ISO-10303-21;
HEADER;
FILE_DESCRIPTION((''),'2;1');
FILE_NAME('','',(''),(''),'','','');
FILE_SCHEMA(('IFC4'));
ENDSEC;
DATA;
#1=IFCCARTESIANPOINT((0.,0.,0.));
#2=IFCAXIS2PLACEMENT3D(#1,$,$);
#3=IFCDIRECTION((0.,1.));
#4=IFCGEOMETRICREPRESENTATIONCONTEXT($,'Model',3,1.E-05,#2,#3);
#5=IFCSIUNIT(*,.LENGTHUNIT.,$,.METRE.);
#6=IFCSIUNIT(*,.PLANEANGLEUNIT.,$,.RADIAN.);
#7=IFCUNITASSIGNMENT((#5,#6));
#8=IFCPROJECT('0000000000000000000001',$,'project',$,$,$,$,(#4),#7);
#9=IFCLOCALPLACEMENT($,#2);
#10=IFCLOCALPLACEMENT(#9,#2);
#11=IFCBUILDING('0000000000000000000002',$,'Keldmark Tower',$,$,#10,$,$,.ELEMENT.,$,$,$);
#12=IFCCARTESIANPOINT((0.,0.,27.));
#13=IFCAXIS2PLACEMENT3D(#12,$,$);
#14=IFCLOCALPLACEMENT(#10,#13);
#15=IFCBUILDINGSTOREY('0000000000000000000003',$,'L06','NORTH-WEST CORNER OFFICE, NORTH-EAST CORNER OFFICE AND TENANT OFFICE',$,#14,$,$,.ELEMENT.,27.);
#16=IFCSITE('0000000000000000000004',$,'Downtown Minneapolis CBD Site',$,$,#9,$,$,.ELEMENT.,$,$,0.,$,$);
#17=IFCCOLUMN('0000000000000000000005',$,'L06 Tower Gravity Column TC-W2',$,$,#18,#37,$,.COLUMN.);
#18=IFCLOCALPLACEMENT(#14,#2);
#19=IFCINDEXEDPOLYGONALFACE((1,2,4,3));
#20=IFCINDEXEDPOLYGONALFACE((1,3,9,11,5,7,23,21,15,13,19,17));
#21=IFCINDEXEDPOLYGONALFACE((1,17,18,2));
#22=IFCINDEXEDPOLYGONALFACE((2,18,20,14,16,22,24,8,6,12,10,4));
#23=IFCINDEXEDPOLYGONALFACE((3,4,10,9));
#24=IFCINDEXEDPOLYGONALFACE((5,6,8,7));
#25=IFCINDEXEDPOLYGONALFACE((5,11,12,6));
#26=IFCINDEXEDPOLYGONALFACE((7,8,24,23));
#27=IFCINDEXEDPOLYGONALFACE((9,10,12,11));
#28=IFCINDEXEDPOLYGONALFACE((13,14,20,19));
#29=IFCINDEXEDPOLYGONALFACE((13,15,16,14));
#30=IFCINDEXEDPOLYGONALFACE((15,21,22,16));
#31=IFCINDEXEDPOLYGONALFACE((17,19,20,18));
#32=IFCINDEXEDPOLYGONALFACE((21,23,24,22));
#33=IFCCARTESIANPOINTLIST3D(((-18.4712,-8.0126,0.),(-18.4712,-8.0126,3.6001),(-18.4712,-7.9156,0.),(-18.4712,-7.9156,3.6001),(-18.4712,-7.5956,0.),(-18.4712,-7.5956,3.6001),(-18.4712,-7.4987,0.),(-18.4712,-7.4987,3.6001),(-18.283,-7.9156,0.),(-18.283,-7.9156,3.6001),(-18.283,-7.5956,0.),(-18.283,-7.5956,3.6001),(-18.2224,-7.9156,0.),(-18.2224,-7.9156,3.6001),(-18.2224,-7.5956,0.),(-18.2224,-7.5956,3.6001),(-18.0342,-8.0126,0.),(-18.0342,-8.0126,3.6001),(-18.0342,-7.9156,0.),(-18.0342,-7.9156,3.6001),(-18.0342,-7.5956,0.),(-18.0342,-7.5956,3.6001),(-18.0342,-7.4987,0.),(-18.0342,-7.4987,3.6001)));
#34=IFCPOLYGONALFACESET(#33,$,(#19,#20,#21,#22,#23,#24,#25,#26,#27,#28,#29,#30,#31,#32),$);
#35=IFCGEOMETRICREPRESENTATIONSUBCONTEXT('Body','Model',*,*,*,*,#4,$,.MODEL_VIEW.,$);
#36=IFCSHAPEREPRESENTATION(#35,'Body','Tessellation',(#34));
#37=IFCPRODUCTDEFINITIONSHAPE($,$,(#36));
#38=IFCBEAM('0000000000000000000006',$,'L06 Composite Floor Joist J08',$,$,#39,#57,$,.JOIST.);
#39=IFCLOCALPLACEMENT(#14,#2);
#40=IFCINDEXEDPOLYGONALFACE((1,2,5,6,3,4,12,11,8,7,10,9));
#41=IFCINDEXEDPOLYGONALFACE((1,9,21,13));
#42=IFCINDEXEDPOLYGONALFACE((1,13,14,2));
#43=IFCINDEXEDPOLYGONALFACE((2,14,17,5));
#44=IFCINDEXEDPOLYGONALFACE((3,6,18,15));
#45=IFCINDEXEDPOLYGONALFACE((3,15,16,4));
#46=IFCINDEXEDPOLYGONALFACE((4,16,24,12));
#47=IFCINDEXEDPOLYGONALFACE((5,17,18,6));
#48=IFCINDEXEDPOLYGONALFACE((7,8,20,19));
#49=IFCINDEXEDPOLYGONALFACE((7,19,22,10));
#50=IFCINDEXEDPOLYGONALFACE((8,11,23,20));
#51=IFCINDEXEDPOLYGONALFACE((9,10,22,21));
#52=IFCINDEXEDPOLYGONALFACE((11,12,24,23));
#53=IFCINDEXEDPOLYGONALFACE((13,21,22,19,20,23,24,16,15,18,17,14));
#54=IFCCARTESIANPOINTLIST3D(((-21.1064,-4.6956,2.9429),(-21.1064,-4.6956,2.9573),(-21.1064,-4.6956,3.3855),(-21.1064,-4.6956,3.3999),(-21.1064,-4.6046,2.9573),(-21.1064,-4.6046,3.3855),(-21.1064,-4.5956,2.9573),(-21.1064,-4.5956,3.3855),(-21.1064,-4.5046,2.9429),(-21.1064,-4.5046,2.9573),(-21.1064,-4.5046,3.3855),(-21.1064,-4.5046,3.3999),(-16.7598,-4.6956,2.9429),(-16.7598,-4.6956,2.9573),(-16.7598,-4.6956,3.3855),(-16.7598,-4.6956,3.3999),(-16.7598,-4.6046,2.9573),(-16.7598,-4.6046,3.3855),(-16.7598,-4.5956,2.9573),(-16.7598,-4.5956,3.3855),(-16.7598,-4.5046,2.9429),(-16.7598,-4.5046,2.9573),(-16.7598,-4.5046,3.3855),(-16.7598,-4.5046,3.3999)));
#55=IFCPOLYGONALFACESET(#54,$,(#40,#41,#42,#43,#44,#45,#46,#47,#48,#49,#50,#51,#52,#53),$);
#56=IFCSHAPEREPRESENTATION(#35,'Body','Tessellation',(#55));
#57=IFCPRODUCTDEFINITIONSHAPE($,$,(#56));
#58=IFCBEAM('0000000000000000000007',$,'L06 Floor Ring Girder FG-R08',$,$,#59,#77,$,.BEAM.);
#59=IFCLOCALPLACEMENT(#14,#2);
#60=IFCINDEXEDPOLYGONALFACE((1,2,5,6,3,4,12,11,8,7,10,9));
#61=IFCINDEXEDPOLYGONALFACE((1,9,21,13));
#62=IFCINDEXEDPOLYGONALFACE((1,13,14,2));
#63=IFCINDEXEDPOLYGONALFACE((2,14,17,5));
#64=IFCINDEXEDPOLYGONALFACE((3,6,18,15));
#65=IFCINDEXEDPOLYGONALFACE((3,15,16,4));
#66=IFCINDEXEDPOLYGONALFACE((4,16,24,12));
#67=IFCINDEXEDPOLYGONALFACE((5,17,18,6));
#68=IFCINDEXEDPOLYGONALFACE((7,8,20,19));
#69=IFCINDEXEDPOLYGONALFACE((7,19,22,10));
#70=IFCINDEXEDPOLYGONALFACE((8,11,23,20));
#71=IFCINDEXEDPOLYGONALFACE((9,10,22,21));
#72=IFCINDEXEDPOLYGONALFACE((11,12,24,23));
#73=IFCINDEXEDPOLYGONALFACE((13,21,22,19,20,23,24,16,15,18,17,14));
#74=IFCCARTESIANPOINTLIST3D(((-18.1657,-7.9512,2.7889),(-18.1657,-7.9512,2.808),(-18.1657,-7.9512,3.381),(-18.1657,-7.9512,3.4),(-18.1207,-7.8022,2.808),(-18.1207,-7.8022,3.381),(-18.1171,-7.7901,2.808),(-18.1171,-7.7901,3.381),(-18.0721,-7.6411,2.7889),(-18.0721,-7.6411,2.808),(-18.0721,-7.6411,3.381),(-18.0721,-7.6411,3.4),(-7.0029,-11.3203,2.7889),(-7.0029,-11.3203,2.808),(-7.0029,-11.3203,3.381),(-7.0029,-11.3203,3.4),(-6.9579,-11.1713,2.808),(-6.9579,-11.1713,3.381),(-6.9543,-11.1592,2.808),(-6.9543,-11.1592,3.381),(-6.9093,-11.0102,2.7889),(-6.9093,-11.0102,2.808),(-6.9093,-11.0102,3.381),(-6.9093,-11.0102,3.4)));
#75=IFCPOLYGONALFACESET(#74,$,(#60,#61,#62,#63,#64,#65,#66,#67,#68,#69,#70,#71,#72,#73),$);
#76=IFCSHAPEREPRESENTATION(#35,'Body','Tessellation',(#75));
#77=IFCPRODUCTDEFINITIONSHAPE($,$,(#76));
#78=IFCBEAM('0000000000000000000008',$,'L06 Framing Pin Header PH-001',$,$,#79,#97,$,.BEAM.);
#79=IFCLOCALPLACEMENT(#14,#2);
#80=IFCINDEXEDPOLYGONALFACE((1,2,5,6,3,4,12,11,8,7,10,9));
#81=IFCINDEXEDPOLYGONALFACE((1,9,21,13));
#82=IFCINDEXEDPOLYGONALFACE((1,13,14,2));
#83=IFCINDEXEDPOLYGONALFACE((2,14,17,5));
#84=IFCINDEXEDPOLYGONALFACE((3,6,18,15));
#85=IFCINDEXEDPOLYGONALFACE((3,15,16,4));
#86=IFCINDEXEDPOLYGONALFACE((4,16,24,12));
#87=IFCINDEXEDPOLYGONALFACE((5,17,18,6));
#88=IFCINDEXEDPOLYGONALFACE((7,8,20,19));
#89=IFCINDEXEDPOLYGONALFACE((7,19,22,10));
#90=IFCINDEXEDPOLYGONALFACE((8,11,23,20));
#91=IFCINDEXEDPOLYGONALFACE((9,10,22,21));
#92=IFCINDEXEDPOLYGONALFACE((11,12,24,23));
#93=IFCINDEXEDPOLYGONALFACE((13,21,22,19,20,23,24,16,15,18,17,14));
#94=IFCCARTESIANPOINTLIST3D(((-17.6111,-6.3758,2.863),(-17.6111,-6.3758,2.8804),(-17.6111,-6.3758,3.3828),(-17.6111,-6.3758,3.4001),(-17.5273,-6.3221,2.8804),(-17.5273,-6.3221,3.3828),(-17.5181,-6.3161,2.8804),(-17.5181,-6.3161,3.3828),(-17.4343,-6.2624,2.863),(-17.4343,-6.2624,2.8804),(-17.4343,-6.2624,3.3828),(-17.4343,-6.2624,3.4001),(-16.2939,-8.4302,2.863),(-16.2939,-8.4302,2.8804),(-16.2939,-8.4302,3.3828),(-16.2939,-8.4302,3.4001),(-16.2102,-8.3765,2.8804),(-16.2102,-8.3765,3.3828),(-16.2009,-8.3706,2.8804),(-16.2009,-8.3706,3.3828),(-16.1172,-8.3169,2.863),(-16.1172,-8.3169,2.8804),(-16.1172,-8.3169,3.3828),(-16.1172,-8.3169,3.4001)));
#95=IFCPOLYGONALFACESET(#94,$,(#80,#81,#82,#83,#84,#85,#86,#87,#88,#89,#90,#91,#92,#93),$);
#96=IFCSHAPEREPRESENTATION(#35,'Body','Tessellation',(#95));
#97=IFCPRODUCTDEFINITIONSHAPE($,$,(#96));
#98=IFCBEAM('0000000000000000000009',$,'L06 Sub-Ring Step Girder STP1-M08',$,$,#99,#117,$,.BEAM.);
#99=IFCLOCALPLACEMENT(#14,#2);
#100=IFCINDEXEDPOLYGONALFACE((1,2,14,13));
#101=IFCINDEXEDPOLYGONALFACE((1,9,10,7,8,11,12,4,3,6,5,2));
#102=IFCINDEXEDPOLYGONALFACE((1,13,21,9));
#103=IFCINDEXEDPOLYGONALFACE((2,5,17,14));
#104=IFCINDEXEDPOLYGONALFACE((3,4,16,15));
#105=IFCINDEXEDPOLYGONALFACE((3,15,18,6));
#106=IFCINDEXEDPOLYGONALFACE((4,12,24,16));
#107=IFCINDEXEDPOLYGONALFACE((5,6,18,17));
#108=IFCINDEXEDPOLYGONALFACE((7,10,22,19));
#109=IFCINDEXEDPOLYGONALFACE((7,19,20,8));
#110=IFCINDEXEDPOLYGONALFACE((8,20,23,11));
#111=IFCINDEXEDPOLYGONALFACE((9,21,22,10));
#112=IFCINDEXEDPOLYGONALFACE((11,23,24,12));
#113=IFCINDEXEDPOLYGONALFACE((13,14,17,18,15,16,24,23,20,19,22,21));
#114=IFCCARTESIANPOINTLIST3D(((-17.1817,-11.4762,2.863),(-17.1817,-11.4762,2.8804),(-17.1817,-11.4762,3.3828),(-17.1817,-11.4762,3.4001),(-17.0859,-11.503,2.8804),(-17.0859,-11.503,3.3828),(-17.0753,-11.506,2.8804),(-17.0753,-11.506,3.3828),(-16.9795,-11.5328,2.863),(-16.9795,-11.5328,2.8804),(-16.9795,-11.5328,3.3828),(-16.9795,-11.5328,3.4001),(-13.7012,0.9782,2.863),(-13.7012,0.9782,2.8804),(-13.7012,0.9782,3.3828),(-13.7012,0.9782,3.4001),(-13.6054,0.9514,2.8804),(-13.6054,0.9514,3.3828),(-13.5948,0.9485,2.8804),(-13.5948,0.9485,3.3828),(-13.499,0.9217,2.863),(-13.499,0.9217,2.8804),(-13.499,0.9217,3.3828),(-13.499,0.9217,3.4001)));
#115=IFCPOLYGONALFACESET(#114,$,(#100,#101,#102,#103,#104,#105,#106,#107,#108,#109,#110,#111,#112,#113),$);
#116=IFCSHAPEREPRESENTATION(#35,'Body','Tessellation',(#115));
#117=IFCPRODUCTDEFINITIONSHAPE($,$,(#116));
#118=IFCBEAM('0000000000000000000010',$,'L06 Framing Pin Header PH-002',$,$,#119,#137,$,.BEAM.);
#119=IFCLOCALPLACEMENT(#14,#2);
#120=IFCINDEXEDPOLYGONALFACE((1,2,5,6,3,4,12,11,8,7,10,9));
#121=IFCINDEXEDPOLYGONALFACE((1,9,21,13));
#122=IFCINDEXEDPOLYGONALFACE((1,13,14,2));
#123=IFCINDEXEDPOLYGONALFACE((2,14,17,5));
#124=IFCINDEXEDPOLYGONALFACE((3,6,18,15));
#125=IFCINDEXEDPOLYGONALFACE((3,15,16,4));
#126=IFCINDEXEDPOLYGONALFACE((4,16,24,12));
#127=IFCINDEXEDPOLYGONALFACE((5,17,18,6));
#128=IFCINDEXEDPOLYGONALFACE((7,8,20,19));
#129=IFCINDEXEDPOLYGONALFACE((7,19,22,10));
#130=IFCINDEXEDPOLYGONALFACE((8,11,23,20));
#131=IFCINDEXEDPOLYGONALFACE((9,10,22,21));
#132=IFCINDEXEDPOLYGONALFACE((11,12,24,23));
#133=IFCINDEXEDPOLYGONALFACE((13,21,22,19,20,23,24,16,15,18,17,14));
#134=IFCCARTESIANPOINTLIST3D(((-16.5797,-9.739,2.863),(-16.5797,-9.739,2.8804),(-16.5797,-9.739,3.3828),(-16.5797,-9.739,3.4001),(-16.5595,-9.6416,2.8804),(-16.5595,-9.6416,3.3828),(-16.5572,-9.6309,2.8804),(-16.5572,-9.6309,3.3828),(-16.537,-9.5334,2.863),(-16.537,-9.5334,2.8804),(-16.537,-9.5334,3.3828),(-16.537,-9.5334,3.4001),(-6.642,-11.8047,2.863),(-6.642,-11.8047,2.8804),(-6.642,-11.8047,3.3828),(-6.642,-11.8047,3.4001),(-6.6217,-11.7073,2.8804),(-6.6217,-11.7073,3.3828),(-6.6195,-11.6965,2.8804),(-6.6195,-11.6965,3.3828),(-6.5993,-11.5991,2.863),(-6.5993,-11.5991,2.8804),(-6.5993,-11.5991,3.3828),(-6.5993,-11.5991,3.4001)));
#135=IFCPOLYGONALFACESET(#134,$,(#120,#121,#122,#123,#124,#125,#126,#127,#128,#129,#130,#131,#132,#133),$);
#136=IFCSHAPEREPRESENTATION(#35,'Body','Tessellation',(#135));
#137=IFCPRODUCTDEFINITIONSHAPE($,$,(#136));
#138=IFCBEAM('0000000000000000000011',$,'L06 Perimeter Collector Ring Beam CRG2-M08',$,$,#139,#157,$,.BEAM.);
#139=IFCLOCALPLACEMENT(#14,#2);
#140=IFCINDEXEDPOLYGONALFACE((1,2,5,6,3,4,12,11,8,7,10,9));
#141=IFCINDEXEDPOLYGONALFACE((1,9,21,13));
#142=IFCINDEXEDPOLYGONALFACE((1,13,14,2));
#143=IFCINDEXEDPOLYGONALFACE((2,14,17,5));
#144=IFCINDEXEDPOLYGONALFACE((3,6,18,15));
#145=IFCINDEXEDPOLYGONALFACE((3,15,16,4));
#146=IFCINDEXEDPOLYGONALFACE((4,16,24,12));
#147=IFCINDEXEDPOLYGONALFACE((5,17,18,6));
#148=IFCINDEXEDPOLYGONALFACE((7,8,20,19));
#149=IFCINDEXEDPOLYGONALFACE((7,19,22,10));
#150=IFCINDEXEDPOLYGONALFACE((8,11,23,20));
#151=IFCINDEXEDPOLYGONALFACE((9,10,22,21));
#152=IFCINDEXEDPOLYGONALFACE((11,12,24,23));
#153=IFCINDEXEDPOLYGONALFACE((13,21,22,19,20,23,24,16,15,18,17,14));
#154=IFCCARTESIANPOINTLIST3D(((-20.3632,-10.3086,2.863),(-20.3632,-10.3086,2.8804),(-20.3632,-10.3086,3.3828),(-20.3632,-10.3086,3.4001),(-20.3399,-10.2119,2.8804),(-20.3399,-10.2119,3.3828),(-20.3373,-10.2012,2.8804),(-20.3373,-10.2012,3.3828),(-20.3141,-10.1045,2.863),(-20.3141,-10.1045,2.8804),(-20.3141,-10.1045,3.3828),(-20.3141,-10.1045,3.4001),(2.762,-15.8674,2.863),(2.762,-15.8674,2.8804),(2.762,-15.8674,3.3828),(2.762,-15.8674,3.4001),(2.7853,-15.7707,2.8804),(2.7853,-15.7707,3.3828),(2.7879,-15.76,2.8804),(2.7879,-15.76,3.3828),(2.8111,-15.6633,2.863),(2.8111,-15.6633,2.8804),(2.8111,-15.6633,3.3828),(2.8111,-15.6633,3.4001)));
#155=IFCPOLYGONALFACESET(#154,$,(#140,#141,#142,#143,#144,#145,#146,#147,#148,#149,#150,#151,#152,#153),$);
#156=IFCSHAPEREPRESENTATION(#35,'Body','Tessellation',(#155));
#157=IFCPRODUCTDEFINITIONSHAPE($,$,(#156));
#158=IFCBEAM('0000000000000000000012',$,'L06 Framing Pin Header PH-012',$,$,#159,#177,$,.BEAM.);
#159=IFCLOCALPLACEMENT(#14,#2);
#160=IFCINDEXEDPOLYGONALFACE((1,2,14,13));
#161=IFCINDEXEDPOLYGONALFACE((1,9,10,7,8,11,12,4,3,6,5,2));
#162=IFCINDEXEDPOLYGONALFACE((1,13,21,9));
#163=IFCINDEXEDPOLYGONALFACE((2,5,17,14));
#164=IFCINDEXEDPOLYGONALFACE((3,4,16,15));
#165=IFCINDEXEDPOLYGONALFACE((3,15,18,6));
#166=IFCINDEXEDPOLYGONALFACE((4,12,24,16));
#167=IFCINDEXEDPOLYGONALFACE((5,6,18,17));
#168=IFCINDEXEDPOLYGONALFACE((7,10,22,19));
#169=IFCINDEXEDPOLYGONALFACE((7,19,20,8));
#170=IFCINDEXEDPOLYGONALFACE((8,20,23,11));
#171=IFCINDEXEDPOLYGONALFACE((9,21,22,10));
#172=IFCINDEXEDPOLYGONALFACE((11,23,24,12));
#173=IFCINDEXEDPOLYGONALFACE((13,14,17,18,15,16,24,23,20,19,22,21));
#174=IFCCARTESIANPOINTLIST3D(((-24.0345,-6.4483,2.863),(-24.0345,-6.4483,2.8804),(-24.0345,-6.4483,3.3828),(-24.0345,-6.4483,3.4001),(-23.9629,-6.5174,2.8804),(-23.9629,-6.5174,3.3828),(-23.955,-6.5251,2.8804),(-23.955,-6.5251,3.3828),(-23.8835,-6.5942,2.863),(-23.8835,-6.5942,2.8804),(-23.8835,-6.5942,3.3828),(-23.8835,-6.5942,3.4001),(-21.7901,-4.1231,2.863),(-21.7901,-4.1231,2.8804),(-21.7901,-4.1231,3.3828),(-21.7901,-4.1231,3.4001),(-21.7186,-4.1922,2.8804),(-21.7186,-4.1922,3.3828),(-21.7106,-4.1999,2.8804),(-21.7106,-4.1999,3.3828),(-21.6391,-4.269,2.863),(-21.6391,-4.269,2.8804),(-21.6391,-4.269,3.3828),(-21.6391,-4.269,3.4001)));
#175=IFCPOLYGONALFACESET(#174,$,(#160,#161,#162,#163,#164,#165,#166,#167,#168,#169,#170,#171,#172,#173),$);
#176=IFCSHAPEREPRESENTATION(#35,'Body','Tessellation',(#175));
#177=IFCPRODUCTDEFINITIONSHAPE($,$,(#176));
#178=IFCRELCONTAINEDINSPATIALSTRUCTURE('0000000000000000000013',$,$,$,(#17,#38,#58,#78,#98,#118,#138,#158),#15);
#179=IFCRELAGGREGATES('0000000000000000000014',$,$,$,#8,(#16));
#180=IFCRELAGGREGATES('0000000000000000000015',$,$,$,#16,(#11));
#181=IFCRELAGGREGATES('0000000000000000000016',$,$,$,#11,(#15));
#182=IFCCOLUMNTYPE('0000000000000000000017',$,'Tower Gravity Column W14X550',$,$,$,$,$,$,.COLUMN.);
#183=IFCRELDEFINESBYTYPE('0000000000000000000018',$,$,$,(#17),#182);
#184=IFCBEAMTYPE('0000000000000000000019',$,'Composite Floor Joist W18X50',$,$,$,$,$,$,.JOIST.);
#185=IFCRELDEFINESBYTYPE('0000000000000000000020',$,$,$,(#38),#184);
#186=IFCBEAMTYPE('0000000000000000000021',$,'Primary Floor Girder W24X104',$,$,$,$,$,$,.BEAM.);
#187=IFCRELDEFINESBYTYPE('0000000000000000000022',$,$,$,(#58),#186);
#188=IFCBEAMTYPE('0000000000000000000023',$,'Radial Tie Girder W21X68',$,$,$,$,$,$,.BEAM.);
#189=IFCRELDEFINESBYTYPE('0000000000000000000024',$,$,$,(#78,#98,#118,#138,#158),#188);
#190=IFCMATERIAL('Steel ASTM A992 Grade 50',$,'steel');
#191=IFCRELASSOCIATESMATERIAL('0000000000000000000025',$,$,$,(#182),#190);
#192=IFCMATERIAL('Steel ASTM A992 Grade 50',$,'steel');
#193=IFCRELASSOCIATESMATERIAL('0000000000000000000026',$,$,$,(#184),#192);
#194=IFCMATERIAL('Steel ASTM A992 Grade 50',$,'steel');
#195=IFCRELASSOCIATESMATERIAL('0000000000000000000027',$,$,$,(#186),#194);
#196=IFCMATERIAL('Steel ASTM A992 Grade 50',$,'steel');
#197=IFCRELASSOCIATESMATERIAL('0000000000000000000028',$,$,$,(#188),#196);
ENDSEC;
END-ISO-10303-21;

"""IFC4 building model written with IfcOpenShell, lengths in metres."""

from ifc_helpers import new_model, si_unit, direction, frame, origin, origin_2d, place, context, subcontext, project, spatial, i_section, extrude, material, material_profile, profile_set, type_object, element, save


model = new_model("IFC4")

# Units and contexts
model_context = context("Model", 3, precision=1e-05, world=origin(), true_north=direction((0.0, 1.0)))
body_context = subcontext(model_context, "Body", "Model", "MODEL_VIEW")
ifc_project = project(units=[si_unit("LENGTHUNIT", "METRE"), si_unit("PLANEANGLEUNIT", "RADIAN")], contexts=[model_context])

# Site, building, storey
site_placement = place(None, origin())
site = spatial("IfcSite", under=ifc_project, at=site_placement, Name="Downtown Minneapolis CBD Site", CompositionType="ELEMENT", RefElevation=0.0)
building_placement = place(site_placement, origin())
building = spatial("IfcBuilding", under=site, at=building_placement, Name="Keldmark Tower", CompositionType="ELEMENT")
storey_placement = place(building_placement, frame((0.0, 0.0, 27.0)))
storey = spatial("IfcBuildingStorey", under=building, at=storey_placement, Name="L06", Description="NORTH-WEST CORNER OFFICE, NORTH-EAST CORNER OFFICE AND TENANT OFFICE", CompositionType="ELEMENT", Elevation=27.0)

# Column
ifc_material_1 = material(Name="Steel ASTM A992 Grade 50", Category="steel")
ifc_material_profile_1 = material_profile(ifc_material_1, i_section(OverallWidth=0.437, OverallDepth=0.5139, WebThickness=0.0605, FlangeThickness=0.0969, at=origin_2d()), Name="W14X550")
ifc_profile_set_1 = profile_set([ifc_material_profile_1], Name="Steel ASTM A992 Grade 50")
column_type = type_object("IfcColumnType", Name="Tower Gravity Column W14X550", PredefinedType="COLUMN", material=ifc_profile_set_1)
column_placement = place(storey_placement, frame((-18.2527, -7.7556, 0.0), z_axis=(0.0, 0.0, 1.0), x_axis=(1.0, 0.0, 0.0)))
element("IfcColumn", 1, at=column_placement, inside=storey, type_object=column_type, Name="L06 Tower Gravity Column TC-W2", PredefinedType="COLUMN", context=body_context, shape_type="SweptSolid", body=[
    extrude(i_section(OverallWidth=0.437, OverallDepth=0.5139, WebThickness=0.0605, FlangeThickness=0.0969, at=origin_2d()), origin(), (0.0, 0.0, 1.0), 3.6001),
])

# Beams
ifc_material_2 = material(Name="Steel ASTM A992 Grade 50", Category="steel")
ifc_material_profile_2 = material_profile(ifc_material_2, i_section(OverallWidth=0.1909, OverallDepth=0.457, WebThickness=0.009, FlangeThickness=0.0144, at=origin_2d()), Name="W18X50")
ifc_profile_set_2 = profile_set([ifc_material_profile_2], Name="Steel ASTM A992 Grade 50")
beam_type_1 = type_object("IfcBeamType", Name="Composite Floor Joist W18X50", PredefinedType="JOIST", material=ifc_profile_set_2)
beam_1_placement = place(storey_placement, frame((-21.1064, -4.6001, 3.1714), z_axis=(1.0, 0.0, 0.0), x_axis=(0.0, 1.0, 0.0)))
element("IfcBeam", 2, at=beam_1_placement, inside=storey, type_object=beam_type_1, Name="L06 Composite Floor Joist J08", PredefinedType="JOIST", context=body_context, shape_type="SweptSolid", body=[
    extrude(i_section(OverallWidth=0.1909, OverallDepth=0.457, WebThickness=0.009, FlangeThickness=0.0144, at=origin_2d()), origin(), (0.0, 0.0, 1.0), 4.3467),
])
ifc_material_3 = material(Name="Steel ASTM A992 Grade 50", Category="steel")
ifc_material_profile_3 = material_profile(ifc_material_3, i_section(OverallWidth=0.324, OverallDepth=0.6111, WebThickness=0.0127, FlangeThickness=0.019, at=origin_2d()), Name="W24X104")
ifc_profile_set_3 = profile_set([ifc_material_profile_3], Name="Steel ASTM A992 Grade 50")
beam_type_2 = type_object("IfcBeamType", Name="Primary Floor Girder W24X104", PredefinedType="BEAM", material=ifc_profile_set_3)
beam_2_placement = place(storey_placement, frame((-18.1189, -7.7961, 3.0945), z_axis=(0.957346, -0.288944, 0.0), x_axis=(0.288944, 0.957346, 0.0)))
element("IfcBeam", 3, at=beam_2_placement, inside=storey, type_object=beam_type_2, Name="L06 Floor Ring Girder FG-R08", PredefinedType="BEAM", context=body_context, shape_type="SweptSolid", body=[
    extrude(i_section(OverallWidth=0.324, OverallDepth=0.6111, WebThickness=0.0127, FlangeThickness=0.019, at=origin_2d()), origin(), (0.0, 0.0, 1.0), 11.6602),
])
ifc_material_4 = material(Name="Steel ASTM A992 Grade 50", Category="steel")
ifc_material_profile_4 = material_profile(ifc_material_4, i_section(OverallWidth=0.21, OverallDepth=0.5371, WebThickness=0.011, FlangeThickness=0.0173, at=origin_2d()), Name="W21X68")
ifc_profile_set_4 = profile_set([ifc_material_profile_4], Name="Steel ASTM A992 Grade 50")
beam_type_3 = type_object("IfcBeamType", Name="Radial Tie Girder W21X68", PredefinedType="BEAM", material=ifc_profile_set_4)
beam_3_placement = place(storey_placement, frame((-17.5227, -6.3191, 3.1316), z_axis=(0.539721, -0.841844, 0.0), x_axis=(0.841844, 0.539721, 0.0)))
element("IfcBeam", 4, at=beam_3_placement, inside=storey, type_object=beam_type_3, Name="L06 Framing Pin Header PH-001", PredefinedType="BEAM", context=body_context, shape_type="SweptSolid", body=[
    extrude(i_section(OverallWidth=0.21, OverallDepth=0.5371, WebThickness=0.011, FlangeThickness=0.0173, at=origin_2d()), origin(), (0.0, 0.0, 1.0), 2.4404),
])
beam_4_placement = place(storey_placement, frame((-13.6001, 0.95, 3.1316), z_axis=(-0.269146, -0.963099, 0.0), x_axis=(0.963099, -0.269146, 0.0)))
element("IfcBeam", 5, at=beam_4_placement, inside=storey, type_object=beam_type_3, Name="L06 Sub-Ring Step Girder STP1-M08", PredefinedType="BEAM", context=body_context, shape_type="SweptSolid", body=[
    extrude(i_section(OverallWidth=0.21, OverallDepth=0.5371, WebThickness=0.011, FlangeThickness=0.0173, at=origin_2d()), origin(), (0.0, 0.0, 1.0), 12.9316),
])
beam_5_placement = place(storey_placement, frame((-16.5583, -9.6362, 3.1316), z_axis=(0.979073, -0.203511, 0.0), x_axis=(0.203511, 0.979073, 0.0)))
element("IfcBeam", 6, at=beam_5_placement, inside=storey, type_object=beam_type_3, Name="L06 Framing Pin Header PH-002", PredefinedType="BEAM", context=body_context, shape_type="SweptSolid", body=[
    extrude(i_section(OverallWidth=0.21, OverallDepth=0.5371, WebThickness=0.011, FlangeThickness=0.0173, at=origin_2d()), origin(), (0.0, 0.0, 1.0), 10.1501),
])
beam_6_placement = place(storey_placement, frame((-20.3386, -10.2065, 3.1316), z_axis=(0.972303, -0.233722, 0.0), x_axis=(0.233722, 0.972303, 0.0)))
element("IfcBeam", 7, at=beam_6_placement, inside=storey, type_object=beam_type_3, Name="L06 Perimeter Collector Ring Beam CRG2-M08", PredefinedType="BEAM", context=body_context, shape_type="SweptSolid", body=[
    extrude(i_section(OverallWidth=0.21, OverallDepth=0.5371, WebThickness=0.011, FlangeThickness=0.0173, at=origin_2d()), origin(), (0.0, 0.0, 1.0), 23.7839),
])
beam_7_placement = place(storey_placement, frame((-21.7146, -4.196, 3.1316), z_axis=(-0.694493, -0.719499, 0.0), x_axis=(0.719499, -0.694493, 0.0)))
element("IfcBeam", 8, at=beam_7_placement, inside=storey, type_object=beam_type_3, Name="L06 Framing Pin Header PH-012", PredefinedType="BEAM", context=body_context, shape_type="SweptSolid", body=[
    extrude(i_section(OverallWidth=0.21, OverallDepth=0.5371, WebThickness=0.011, FlangeThickness=0.0173, at=origin_2d()), origin(), (0.0, 0.0, 1.0), 3.2317),
])

save(model, "model.ifc")
